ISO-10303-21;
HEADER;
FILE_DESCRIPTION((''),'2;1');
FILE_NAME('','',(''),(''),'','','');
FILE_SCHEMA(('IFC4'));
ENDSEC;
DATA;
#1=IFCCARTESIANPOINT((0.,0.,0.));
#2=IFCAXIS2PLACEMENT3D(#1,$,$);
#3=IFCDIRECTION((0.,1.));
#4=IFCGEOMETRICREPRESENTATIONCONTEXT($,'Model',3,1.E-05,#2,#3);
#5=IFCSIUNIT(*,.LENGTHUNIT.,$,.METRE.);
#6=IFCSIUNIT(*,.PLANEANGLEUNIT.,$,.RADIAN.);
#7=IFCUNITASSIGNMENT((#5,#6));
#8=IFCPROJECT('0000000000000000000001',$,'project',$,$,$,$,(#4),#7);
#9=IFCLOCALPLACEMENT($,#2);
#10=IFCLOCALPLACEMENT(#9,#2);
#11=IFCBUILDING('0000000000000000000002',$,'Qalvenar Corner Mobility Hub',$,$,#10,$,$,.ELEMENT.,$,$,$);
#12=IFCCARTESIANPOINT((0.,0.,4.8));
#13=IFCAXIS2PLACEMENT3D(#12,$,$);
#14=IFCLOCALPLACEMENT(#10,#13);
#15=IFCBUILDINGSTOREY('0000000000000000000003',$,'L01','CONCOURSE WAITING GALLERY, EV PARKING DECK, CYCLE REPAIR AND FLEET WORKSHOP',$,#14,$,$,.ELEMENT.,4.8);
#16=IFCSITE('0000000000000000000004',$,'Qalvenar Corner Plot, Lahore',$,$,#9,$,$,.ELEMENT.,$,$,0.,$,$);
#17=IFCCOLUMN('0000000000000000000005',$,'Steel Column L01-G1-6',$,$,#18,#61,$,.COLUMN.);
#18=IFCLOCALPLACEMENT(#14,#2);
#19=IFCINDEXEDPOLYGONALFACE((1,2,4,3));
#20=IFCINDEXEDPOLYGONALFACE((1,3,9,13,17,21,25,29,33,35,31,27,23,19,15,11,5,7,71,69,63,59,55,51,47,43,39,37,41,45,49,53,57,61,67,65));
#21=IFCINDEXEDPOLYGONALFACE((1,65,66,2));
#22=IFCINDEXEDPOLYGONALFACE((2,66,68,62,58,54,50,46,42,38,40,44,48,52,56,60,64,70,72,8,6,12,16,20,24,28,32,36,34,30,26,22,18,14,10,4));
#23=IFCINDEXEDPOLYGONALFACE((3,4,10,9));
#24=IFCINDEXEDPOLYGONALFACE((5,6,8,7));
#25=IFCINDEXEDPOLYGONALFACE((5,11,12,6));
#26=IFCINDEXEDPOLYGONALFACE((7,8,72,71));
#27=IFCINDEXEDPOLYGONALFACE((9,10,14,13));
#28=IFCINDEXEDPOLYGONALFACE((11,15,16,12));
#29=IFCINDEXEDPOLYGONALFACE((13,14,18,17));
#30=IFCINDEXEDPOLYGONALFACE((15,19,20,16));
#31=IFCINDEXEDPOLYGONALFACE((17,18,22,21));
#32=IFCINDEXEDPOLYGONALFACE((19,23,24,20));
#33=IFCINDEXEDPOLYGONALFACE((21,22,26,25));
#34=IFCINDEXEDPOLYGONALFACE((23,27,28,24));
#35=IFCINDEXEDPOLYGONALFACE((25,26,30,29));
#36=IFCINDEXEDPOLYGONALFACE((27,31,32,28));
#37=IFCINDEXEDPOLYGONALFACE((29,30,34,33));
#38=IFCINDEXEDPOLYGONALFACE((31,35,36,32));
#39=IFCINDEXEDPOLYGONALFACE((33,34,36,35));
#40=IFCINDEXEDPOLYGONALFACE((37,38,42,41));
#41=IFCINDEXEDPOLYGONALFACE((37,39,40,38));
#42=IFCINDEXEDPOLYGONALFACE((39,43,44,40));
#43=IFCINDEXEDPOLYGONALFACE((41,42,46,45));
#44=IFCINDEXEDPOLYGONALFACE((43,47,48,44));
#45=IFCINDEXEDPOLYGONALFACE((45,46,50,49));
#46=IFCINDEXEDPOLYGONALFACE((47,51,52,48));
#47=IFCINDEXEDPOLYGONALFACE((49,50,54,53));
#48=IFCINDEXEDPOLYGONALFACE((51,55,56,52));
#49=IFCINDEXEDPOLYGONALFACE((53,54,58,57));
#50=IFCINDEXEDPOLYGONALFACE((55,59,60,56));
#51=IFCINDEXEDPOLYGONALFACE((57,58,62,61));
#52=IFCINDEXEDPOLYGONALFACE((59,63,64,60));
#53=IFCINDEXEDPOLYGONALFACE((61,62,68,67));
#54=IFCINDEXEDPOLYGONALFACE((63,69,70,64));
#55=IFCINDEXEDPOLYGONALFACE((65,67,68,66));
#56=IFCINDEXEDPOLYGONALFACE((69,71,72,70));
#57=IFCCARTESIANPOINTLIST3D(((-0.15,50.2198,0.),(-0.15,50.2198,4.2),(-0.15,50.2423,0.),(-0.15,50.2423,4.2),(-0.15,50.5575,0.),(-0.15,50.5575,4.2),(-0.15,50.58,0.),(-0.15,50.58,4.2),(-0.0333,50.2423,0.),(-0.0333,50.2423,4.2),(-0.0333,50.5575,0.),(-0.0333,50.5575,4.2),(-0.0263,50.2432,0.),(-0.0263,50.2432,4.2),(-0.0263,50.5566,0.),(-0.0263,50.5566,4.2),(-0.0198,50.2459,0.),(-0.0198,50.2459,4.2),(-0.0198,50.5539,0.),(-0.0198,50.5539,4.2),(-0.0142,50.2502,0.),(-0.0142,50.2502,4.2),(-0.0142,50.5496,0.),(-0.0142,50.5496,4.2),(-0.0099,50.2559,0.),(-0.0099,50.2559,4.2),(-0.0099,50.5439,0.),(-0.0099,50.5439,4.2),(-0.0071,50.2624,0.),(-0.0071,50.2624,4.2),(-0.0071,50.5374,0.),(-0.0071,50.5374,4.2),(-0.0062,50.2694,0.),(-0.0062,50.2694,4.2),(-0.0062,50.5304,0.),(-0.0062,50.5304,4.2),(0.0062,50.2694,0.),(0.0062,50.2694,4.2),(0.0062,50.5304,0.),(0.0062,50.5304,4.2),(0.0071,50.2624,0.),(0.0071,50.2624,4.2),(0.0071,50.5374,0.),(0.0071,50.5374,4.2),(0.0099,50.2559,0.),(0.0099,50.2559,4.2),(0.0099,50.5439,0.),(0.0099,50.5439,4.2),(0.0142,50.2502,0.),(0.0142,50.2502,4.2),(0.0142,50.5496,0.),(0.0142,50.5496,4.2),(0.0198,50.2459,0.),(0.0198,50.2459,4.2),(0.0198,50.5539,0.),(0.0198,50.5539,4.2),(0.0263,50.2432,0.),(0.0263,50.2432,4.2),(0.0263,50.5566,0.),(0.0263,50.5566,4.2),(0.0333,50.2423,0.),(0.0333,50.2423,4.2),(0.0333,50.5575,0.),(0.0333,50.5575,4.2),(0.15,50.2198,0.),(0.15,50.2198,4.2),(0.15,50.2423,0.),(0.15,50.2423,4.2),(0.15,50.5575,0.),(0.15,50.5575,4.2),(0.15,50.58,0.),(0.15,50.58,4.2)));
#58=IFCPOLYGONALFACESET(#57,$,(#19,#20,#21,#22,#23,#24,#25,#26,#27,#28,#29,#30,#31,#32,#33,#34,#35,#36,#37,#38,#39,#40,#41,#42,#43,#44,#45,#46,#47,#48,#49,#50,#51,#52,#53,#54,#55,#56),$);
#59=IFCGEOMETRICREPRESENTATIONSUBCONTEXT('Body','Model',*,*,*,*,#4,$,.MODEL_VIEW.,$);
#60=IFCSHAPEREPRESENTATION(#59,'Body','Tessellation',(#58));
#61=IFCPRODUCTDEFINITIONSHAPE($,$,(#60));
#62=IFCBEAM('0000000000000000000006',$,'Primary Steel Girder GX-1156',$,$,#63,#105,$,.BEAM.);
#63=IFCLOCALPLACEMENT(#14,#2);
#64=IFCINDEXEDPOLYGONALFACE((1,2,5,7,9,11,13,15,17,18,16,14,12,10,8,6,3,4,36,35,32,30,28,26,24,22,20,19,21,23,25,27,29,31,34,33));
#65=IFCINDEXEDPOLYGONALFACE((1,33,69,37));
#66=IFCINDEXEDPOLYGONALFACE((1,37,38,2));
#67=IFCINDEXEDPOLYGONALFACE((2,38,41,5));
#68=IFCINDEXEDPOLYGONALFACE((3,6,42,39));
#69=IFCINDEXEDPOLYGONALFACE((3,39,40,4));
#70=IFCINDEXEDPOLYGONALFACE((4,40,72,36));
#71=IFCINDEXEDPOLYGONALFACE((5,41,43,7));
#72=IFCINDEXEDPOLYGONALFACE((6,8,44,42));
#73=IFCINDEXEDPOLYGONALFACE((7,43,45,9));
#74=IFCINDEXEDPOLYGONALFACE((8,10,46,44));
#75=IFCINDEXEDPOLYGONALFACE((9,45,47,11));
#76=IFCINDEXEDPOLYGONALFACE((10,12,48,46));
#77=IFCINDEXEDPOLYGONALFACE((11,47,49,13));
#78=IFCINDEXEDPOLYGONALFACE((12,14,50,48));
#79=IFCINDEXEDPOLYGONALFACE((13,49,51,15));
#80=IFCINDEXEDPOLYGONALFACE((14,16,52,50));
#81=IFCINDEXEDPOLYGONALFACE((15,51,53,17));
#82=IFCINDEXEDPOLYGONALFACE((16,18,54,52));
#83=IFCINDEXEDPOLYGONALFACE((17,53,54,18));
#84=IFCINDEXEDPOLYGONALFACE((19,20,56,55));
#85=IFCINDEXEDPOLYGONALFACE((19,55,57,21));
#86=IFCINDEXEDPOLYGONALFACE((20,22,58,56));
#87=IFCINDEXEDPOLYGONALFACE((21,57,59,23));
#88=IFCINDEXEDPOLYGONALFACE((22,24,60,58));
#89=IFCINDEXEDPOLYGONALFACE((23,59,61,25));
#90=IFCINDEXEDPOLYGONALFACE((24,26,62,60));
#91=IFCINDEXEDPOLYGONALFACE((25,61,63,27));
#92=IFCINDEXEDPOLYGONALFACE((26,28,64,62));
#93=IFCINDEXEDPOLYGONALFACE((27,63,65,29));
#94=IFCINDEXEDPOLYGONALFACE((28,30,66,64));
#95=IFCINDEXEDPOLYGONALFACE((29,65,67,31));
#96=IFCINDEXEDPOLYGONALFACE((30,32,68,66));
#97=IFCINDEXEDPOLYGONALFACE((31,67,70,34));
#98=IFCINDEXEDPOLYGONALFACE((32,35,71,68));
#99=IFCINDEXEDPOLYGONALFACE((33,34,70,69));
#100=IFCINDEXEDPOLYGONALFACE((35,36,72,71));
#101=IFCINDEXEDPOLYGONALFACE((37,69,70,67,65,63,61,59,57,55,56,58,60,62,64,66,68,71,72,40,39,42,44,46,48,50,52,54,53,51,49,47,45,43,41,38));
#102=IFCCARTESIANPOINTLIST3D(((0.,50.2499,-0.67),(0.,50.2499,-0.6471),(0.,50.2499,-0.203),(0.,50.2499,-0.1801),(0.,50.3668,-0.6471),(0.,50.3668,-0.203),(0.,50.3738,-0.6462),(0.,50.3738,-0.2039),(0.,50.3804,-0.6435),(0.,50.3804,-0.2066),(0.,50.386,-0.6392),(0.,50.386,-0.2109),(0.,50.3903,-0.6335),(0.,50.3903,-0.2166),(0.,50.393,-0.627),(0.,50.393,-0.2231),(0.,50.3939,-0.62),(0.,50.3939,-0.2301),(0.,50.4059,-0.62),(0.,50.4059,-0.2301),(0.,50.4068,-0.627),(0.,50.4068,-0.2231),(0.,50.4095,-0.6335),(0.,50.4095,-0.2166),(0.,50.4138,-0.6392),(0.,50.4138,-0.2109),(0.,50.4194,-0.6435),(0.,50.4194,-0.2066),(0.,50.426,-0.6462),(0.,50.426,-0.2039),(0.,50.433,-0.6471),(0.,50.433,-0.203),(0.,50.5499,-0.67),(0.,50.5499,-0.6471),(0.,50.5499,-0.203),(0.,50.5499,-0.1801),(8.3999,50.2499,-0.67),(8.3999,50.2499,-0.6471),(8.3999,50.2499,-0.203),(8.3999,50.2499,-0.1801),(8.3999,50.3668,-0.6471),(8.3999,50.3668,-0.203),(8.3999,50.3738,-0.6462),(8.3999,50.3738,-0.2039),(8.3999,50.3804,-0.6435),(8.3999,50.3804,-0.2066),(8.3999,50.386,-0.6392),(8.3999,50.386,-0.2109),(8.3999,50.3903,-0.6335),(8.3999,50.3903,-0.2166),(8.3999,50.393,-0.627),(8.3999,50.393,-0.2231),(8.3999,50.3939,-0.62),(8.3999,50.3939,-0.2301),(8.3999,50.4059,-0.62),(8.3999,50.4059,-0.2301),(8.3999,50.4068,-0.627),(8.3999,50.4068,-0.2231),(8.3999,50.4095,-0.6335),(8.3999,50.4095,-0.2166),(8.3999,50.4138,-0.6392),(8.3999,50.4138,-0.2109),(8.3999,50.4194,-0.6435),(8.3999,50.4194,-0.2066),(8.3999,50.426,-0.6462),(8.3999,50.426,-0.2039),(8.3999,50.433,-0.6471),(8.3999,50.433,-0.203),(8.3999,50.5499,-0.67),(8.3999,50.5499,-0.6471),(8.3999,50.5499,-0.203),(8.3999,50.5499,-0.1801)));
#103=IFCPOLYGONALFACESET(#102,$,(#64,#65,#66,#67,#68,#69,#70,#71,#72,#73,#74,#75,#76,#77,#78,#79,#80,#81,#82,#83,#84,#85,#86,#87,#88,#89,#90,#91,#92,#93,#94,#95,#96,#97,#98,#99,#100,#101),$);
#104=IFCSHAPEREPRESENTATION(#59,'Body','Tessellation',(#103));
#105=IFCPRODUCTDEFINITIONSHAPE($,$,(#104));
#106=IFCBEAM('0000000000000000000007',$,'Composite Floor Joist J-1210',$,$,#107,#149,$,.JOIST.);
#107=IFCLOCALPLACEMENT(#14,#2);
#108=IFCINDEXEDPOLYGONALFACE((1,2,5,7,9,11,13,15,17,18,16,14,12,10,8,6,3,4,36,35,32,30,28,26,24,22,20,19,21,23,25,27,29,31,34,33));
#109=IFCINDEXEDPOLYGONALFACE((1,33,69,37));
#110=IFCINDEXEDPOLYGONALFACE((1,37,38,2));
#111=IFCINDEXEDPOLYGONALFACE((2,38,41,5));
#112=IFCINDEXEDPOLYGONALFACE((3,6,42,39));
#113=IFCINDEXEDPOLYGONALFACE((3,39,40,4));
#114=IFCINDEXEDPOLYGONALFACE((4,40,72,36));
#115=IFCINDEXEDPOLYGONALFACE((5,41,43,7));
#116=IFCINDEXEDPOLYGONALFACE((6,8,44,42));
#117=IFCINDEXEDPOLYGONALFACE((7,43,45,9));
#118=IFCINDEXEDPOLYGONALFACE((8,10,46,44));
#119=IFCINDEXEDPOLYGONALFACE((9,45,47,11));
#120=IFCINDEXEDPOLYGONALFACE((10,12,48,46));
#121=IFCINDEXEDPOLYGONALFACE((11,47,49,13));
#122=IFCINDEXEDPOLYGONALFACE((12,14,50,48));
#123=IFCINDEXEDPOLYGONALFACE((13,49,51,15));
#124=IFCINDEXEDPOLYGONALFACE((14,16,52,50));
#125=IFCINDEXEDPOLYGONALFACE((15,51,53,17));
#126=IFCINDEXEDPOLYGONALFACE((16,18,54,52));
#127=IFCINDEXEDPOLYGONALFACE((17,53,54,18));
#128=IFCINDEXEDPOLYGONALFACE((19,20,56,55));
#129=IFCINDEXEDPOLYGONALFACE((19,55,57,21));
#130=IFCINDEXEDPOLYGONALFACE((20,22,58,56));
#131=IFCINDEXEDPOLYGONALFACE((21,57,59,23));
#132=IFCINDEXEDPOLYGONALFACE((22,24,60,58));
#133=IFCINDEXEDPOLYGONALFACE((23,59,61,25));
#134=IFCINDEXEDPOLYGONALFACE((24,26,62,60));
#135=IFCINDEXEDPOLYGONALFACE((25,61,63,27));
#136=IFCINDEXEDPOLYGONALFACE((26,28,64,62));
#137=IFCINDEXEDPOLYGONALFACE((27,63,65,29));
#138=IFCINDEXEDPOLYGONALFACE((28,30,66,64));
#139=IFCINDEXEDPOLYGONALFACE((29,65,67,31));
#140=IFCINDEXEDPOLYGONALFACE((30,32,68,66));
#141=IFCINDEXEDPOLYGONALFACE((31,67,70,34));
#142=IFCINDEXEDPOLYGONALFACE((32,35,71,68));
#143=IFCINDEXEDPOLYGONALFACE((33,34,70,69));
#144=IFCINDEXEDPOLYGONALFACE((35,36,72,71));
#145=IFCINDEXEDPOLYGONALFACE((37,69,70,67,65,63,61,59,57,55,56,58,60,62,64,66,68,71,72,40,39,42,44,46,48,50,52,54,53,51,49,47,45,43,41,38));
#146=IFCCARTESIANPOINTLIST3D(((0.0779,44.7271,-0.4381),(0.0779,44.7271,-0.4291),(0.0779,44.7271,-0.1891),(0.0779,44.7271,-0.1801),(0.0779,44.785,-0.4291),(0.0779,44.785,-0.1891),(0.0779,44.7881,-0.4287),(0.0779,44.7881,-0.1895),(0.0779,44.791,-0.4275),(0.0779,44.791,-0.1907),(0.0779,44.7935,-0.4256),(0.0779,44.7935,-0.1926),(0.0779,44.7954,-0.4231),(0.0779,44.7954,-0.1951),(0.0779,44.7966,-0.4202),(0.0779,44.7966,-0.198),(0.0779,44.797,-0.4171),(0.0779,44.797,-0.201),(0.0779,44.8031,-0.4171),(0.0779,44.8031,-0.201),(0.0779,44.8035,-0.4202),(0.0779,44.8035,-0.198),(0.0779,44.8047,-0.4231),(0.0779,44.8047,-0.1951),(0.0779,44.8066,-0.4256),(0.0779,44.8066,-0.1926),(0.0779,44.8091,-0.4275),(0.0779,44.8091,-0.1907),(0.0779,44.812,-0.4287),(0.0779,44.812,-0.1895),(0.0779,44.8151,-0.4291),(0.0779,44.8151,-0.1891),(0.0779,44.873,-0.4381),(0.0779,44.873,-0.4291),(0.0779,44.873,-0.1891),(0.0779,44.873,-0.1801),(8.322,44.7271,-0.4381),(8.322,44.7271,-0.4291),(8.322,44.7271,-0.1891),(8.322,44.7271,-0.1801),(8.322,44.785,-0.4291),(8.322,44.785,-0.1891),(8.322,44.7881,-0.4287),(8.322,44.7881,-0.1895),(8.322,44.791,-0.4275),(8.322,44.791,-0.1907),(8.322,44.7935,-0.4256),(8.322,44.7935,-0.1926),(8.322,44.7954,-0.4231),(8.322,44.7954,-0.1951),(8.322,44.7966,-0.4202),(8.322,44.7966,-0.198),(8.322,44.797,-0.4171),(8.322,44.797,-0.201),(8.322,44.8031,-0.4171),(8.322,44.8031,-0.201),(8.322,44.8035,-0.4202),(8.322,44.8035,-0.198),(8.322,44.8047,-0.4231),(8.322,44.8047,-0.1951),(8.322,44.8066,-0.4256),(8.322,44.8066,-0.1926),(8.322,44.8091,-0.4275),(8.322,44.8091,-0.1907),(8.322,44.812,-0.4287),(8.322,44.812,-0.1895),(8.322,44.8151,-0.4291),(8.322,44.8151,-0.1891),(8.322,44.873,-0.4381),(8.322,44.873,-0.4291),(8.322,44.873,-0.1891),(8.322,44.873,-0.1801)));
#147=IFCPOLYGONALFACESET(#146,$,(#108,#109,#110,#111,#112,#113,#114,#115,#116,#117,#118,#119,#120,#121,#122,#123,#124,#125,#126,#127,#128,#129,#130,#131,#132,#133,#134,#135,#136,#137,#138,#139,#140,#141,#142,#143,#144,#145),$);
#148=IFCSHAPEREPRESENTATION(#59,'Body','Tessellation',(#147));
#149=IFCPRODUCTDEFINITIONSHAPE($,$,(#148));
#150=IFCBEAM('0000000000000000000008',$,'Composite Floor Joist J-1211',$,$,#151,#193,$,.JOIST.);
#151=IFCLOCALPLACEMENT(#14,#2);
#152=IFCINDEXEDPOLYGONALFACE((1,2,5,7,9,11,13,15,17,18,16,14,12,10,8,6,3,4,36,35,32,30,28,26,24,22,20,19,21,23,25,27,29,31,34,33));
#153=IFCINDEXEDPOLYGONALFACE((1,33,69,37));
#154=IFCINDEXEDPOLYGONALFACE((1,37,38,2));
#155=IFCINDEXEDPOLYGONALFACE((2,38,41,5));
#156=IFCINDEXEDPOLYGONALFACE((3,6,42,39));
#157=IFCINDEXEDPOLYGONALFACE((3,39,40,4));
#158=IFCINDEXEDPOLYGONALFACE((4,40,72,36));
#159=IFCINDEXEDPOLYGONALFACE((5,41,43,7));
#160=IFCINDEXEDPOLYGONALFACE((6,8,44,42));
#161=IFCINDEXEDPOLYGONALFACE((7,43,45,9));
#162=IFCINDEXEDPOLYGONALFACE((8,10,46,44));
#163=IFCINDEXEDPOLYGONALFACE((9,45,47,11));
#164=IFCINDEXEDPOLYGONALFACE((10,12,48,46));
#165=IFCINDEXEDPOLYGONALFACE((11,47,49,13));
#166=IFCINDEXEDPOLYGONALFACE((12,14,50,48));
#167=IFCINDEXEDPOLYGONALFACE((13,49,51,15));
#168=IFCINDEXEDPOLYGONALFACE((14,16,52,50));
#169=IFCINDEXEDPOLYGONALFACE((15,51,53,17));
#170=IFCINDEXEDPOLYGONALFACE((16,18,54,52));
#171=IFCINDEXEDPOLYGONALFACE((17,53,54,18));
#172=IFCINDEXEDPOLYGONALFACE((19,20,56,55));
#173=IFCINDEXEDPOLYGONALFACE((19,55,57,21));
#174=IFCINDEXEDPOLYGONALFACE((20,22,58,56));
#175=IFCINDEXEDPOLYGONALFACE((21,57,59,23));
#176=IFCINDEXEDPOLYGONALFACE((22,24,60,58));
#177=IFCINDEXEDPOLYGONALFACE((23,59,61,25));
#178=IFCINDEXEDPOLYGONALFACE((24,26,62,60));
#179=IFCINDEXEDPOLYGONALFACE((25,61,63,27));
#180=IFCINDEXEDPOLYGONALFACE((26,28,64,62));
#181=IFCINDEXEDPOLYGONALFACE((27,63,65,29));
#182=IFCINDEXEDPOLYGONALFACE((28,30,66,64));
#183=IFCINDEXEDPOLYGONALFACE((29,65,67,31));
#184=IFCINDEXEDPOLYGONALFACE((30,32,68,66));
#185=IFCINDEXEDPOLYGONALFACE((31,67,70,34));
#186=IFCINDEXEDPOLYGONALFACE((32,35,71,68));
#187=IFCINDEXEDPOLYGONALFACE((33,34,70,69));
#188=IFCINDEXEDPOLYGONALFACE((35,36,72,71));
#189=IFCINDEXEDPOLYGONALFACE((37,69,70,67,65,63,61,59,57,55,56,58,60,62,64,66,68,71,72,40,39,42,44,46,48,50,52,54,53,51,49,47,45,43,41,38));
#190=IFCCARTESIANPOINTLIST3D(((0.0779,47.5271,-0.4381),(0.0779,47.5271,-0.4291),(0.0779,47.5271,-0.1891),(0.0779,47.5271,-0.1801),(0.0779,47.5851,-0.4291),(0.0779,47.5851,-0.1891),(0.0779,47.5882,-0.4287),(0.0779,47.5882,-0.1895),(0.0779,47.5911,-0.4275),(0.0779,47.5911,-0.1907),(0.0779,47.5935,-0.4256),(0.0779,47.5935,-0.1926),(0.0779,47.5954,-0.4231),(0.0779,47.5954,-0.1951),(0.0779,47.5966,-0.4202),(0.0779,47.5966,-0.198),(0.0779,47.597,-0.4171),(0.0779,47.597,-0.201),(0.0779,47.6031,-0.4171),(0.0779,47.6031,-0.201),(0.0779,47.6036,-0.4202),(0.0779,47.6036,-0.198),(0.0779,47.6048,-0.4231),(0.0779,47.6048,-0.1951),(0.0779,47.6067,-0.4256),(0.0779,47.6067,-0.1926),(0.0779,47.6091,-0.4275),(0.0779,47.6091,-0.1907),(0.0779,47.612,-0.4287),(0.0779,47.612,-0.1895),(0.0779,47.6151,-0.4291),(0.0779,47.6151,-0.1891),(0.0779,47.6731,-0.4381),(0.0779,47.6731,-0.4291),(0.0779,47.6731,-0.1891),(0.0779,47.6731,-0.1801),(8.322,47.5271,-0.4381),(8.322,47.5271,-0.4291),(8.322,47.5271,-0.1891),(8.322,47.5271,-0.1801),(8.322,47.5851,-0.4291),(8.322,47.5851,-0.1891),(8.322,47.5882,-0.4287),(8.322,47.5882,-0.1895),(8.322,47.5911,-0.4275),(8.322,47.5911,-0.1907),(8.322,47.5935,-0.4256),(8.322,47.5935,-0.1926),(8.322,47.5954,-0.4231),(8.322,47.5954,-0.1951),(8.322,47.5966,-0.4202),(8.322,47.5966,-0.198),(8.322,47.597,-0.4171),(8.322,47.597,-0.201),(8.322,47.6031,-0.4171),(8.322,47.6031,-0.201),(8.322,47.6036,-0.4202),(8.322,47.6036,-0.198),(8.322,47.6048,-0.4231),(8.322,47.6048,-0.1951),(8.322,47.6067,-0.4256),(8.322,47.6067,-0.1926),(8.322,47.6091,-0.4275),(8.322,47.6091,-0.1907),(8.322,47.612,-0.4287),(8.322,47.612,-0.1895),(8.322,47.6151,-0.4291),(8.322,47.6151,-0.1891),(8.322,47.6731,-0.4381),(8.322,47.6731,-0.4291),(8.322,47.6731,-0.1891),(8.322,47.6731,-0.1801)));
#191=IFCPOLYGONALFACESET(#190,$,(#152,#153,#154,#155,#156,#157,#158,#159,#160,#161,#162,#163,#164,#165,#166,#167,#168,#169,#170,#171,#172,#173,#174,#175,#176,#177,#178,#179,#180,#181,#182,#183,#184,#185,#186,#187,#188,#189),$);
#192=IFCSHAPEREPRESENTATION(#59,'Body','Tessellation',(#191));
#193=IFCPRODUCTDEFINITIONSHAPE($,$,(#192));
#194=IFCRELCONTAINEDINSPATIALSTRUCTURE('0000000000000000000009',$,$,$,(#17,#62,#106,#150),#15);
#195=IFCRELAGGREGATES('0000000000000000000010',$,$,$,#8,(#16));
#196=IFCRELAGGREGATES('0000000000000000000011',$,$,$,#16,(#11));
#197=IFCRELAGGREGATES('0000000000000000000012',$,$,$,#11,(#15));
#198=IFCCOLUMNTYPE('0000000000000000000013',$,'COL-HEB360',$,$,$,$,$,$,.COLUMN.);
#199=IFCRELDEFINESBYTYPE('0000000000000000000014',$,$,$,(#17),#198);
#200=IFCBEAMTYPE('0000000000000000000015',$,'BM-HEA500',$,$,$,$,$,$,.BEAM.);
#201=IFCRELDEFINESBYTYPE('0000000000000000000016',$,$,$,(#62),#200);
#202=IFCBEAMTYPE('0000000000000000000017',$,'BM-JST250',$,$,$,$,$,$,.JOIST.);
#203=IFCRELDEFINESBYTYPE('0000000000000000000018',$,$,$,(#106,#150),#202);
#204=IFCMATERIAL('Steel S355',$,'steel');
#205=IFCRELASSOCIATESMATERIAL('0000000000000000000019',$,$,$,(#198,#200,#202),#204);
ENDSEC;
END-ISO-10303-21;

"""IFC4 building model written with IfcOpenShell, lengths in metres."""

from ifc_helpers import new_model, si_unit, direction, frame, origin, origin_2d, place, context, subcontext, project, spatial, i_section, extrude, material, material_profile, profile_set, type_object, element, save


model = new_model("IFC4")

# Units and contexts
model_context = context("Model", 3, precision=1e-05, world=origin(), true_north=direction((0.0, 1.0)))
body_context = subcontext(model_context, "Body", "Model", "MODEL_VIEW")
ifc_project = project(units=[si_unit("LENGTHUNIT", "METRE"), si_unit("PLANEANGLEUNIT", "RADIAN")], contexts=[model_context])

# Site, building, storey
site_placement = place(None, origin())
site = spatial("IfcSite", under=ifc_project, at=site_placement, Name="Qalvenar Corner Plot, Lahore", CompositionType="ELEMENT", RefElevation=0.0)
building_placement = place(site_placement, origin())
building = spatial("IfcBuilding", under=site, at=building_placement, Name="Qalvenar Corner Mobility Hub", CompositionType="ELEMENT")
storey_placement = place(building_placement, frame((0.0, 0.0, 4.8)))
storey = spatial("IfcBuildingStorey", under=building, at=storey_placement, Name="L01", Description="CONCOURSE WAITING GALLERY, EV PARKING DECK, CYCLE REPAIR AND FLEET WORKSHOP", CompositionType="ELEMENT", Elevation=4.8)

# Column
ifc_material_1 = material(Name="Steel S355", Category="steel")
ifc_material_profile_1 = material_profile(ifc_material_1, i_section(OverallWidth=0.3, OverallDepth=0.3601, WebThickness=0.0125, FlangeThickness=0.0225, FilletRadius=0.0271, at=origin_2d()), Name="HEB360")
ifc_profile_set_1 = profile_set([ifc_material_profile_1], Name="Steel S355")
column_type = type_object("IfcColumnType", Name="COL-HEB360", PredefinedType="COLUMN", material=ifc_profile_set_1)
column_placement = place(storey_placement, frame((0.0, 50.3999, 0.0), z_axis=(0.0, 0.0, 1.0), x_axis=(1.0, 0.0, 0.0)))
element("IfcColumn", 1, at=column_placement, inside=storey, type_object=column_type, Name="Steel Column L01-G1-6", PredefinedType="COLUMN", context=body_context, shape_type="SweptSolid", body=[
    extrude(i_section(OverallWidth=0.3, OverallDepth=0.3601, WebThickness=0.0125, FlangeThickness=0.0225, FilletRadius=0.0271, at=origin_2d()), origin(), (0.0, 0.0, 1.0), 4.2),
])

# Beams
ifc_material_profile_2 = material_profile(ifc_material_1, i_section(OverallWidth=0.3, OverallDepth=0.49, WebThickness=0.012, FlangeThickness=0.0229, FilletRadius=0.0271, at=origin_2d()), Name="HEA500")
ifc_profile_set_2 = profile_set([ifc_material_profile_2], Name="Steel S355")
beam_type_1 = type_object("IfcBeamType", Name="BM-HEA500", PredefinedType="BEAM", material=ifc_profile_set_2)
beam_1_placement = place(storey_placement, frame((0.0, 50.3999, -0.425), z_axis=(1.0, 0.0, 0.0), x_axis=(0.0, 1.0, 0.0)))
element("IfcBeam", 2, at=beam_1_placement, inside=storey, type_object=beam_type_1, Name="Primary Steel Girder GX-1156", PredefinedType="BEAM", context=body_context, shape_type="SweptSolid", body=[
    extrude(i_section(OverallWidth=0.3, OverallDepth=0.49, WebThickness=0.012, FlangeThickness=0.0229, FilletRadius=0.0271, at=origin_2d()), origin(), (0.0, 0.0, 1.0), 8.3999),
])
ifc_material_profile_3 = material_profile(ifc_material_1, i_section(OverallWidth=0.146, OverallDepth=0.2581, WebThickness=0.0061, FlangeThickness=0.009, FilletRadius=0.012, at=origin_2d()), Name="W250x32.7")
ifc_profile_set_3 = profile_set([ifc_material_profile_3], Name="Steel S355")
beam_type_2 = type_object("IfcBeamType", Name="BM-JST250", PredefinedType="JOIST", material=ifc_profile_set_3)
for number, where, z_axis, x_axis, name in (
    (3, (0.0779, 44.8, -0.3091), (1.0, 0.0, 0.0), (0.0, 1.0, 0.0), "Composite Floor Joist J-1210"),
    (4, (0.0779, 47.6001, -0.3091), (1.0, 0.0, 0.0), (0.0, 1.0, 0.0), "Composite Floor Joist J-1211"),
):
    element("IfcBeam", number, at=place(storey_placement, frame(where, z_axis=z_axis, x_axis=x_axis)), inside=storey, type_object=beam_type_2, Name=name, PredefinedType="JOIST", context=body_context, shape_type="SweptSolid", body=[
        extrude(i_section(OverallWidth=0.146, OverallDepth=0.2581, WebThickness=0.0061, FlangeThickness=0.009, FilletRadius=0.012, at=origin_2d()), origin(), (0.0, 0.0, 1.0), 8.2441),
    ])

save(model, "model.ifc")
